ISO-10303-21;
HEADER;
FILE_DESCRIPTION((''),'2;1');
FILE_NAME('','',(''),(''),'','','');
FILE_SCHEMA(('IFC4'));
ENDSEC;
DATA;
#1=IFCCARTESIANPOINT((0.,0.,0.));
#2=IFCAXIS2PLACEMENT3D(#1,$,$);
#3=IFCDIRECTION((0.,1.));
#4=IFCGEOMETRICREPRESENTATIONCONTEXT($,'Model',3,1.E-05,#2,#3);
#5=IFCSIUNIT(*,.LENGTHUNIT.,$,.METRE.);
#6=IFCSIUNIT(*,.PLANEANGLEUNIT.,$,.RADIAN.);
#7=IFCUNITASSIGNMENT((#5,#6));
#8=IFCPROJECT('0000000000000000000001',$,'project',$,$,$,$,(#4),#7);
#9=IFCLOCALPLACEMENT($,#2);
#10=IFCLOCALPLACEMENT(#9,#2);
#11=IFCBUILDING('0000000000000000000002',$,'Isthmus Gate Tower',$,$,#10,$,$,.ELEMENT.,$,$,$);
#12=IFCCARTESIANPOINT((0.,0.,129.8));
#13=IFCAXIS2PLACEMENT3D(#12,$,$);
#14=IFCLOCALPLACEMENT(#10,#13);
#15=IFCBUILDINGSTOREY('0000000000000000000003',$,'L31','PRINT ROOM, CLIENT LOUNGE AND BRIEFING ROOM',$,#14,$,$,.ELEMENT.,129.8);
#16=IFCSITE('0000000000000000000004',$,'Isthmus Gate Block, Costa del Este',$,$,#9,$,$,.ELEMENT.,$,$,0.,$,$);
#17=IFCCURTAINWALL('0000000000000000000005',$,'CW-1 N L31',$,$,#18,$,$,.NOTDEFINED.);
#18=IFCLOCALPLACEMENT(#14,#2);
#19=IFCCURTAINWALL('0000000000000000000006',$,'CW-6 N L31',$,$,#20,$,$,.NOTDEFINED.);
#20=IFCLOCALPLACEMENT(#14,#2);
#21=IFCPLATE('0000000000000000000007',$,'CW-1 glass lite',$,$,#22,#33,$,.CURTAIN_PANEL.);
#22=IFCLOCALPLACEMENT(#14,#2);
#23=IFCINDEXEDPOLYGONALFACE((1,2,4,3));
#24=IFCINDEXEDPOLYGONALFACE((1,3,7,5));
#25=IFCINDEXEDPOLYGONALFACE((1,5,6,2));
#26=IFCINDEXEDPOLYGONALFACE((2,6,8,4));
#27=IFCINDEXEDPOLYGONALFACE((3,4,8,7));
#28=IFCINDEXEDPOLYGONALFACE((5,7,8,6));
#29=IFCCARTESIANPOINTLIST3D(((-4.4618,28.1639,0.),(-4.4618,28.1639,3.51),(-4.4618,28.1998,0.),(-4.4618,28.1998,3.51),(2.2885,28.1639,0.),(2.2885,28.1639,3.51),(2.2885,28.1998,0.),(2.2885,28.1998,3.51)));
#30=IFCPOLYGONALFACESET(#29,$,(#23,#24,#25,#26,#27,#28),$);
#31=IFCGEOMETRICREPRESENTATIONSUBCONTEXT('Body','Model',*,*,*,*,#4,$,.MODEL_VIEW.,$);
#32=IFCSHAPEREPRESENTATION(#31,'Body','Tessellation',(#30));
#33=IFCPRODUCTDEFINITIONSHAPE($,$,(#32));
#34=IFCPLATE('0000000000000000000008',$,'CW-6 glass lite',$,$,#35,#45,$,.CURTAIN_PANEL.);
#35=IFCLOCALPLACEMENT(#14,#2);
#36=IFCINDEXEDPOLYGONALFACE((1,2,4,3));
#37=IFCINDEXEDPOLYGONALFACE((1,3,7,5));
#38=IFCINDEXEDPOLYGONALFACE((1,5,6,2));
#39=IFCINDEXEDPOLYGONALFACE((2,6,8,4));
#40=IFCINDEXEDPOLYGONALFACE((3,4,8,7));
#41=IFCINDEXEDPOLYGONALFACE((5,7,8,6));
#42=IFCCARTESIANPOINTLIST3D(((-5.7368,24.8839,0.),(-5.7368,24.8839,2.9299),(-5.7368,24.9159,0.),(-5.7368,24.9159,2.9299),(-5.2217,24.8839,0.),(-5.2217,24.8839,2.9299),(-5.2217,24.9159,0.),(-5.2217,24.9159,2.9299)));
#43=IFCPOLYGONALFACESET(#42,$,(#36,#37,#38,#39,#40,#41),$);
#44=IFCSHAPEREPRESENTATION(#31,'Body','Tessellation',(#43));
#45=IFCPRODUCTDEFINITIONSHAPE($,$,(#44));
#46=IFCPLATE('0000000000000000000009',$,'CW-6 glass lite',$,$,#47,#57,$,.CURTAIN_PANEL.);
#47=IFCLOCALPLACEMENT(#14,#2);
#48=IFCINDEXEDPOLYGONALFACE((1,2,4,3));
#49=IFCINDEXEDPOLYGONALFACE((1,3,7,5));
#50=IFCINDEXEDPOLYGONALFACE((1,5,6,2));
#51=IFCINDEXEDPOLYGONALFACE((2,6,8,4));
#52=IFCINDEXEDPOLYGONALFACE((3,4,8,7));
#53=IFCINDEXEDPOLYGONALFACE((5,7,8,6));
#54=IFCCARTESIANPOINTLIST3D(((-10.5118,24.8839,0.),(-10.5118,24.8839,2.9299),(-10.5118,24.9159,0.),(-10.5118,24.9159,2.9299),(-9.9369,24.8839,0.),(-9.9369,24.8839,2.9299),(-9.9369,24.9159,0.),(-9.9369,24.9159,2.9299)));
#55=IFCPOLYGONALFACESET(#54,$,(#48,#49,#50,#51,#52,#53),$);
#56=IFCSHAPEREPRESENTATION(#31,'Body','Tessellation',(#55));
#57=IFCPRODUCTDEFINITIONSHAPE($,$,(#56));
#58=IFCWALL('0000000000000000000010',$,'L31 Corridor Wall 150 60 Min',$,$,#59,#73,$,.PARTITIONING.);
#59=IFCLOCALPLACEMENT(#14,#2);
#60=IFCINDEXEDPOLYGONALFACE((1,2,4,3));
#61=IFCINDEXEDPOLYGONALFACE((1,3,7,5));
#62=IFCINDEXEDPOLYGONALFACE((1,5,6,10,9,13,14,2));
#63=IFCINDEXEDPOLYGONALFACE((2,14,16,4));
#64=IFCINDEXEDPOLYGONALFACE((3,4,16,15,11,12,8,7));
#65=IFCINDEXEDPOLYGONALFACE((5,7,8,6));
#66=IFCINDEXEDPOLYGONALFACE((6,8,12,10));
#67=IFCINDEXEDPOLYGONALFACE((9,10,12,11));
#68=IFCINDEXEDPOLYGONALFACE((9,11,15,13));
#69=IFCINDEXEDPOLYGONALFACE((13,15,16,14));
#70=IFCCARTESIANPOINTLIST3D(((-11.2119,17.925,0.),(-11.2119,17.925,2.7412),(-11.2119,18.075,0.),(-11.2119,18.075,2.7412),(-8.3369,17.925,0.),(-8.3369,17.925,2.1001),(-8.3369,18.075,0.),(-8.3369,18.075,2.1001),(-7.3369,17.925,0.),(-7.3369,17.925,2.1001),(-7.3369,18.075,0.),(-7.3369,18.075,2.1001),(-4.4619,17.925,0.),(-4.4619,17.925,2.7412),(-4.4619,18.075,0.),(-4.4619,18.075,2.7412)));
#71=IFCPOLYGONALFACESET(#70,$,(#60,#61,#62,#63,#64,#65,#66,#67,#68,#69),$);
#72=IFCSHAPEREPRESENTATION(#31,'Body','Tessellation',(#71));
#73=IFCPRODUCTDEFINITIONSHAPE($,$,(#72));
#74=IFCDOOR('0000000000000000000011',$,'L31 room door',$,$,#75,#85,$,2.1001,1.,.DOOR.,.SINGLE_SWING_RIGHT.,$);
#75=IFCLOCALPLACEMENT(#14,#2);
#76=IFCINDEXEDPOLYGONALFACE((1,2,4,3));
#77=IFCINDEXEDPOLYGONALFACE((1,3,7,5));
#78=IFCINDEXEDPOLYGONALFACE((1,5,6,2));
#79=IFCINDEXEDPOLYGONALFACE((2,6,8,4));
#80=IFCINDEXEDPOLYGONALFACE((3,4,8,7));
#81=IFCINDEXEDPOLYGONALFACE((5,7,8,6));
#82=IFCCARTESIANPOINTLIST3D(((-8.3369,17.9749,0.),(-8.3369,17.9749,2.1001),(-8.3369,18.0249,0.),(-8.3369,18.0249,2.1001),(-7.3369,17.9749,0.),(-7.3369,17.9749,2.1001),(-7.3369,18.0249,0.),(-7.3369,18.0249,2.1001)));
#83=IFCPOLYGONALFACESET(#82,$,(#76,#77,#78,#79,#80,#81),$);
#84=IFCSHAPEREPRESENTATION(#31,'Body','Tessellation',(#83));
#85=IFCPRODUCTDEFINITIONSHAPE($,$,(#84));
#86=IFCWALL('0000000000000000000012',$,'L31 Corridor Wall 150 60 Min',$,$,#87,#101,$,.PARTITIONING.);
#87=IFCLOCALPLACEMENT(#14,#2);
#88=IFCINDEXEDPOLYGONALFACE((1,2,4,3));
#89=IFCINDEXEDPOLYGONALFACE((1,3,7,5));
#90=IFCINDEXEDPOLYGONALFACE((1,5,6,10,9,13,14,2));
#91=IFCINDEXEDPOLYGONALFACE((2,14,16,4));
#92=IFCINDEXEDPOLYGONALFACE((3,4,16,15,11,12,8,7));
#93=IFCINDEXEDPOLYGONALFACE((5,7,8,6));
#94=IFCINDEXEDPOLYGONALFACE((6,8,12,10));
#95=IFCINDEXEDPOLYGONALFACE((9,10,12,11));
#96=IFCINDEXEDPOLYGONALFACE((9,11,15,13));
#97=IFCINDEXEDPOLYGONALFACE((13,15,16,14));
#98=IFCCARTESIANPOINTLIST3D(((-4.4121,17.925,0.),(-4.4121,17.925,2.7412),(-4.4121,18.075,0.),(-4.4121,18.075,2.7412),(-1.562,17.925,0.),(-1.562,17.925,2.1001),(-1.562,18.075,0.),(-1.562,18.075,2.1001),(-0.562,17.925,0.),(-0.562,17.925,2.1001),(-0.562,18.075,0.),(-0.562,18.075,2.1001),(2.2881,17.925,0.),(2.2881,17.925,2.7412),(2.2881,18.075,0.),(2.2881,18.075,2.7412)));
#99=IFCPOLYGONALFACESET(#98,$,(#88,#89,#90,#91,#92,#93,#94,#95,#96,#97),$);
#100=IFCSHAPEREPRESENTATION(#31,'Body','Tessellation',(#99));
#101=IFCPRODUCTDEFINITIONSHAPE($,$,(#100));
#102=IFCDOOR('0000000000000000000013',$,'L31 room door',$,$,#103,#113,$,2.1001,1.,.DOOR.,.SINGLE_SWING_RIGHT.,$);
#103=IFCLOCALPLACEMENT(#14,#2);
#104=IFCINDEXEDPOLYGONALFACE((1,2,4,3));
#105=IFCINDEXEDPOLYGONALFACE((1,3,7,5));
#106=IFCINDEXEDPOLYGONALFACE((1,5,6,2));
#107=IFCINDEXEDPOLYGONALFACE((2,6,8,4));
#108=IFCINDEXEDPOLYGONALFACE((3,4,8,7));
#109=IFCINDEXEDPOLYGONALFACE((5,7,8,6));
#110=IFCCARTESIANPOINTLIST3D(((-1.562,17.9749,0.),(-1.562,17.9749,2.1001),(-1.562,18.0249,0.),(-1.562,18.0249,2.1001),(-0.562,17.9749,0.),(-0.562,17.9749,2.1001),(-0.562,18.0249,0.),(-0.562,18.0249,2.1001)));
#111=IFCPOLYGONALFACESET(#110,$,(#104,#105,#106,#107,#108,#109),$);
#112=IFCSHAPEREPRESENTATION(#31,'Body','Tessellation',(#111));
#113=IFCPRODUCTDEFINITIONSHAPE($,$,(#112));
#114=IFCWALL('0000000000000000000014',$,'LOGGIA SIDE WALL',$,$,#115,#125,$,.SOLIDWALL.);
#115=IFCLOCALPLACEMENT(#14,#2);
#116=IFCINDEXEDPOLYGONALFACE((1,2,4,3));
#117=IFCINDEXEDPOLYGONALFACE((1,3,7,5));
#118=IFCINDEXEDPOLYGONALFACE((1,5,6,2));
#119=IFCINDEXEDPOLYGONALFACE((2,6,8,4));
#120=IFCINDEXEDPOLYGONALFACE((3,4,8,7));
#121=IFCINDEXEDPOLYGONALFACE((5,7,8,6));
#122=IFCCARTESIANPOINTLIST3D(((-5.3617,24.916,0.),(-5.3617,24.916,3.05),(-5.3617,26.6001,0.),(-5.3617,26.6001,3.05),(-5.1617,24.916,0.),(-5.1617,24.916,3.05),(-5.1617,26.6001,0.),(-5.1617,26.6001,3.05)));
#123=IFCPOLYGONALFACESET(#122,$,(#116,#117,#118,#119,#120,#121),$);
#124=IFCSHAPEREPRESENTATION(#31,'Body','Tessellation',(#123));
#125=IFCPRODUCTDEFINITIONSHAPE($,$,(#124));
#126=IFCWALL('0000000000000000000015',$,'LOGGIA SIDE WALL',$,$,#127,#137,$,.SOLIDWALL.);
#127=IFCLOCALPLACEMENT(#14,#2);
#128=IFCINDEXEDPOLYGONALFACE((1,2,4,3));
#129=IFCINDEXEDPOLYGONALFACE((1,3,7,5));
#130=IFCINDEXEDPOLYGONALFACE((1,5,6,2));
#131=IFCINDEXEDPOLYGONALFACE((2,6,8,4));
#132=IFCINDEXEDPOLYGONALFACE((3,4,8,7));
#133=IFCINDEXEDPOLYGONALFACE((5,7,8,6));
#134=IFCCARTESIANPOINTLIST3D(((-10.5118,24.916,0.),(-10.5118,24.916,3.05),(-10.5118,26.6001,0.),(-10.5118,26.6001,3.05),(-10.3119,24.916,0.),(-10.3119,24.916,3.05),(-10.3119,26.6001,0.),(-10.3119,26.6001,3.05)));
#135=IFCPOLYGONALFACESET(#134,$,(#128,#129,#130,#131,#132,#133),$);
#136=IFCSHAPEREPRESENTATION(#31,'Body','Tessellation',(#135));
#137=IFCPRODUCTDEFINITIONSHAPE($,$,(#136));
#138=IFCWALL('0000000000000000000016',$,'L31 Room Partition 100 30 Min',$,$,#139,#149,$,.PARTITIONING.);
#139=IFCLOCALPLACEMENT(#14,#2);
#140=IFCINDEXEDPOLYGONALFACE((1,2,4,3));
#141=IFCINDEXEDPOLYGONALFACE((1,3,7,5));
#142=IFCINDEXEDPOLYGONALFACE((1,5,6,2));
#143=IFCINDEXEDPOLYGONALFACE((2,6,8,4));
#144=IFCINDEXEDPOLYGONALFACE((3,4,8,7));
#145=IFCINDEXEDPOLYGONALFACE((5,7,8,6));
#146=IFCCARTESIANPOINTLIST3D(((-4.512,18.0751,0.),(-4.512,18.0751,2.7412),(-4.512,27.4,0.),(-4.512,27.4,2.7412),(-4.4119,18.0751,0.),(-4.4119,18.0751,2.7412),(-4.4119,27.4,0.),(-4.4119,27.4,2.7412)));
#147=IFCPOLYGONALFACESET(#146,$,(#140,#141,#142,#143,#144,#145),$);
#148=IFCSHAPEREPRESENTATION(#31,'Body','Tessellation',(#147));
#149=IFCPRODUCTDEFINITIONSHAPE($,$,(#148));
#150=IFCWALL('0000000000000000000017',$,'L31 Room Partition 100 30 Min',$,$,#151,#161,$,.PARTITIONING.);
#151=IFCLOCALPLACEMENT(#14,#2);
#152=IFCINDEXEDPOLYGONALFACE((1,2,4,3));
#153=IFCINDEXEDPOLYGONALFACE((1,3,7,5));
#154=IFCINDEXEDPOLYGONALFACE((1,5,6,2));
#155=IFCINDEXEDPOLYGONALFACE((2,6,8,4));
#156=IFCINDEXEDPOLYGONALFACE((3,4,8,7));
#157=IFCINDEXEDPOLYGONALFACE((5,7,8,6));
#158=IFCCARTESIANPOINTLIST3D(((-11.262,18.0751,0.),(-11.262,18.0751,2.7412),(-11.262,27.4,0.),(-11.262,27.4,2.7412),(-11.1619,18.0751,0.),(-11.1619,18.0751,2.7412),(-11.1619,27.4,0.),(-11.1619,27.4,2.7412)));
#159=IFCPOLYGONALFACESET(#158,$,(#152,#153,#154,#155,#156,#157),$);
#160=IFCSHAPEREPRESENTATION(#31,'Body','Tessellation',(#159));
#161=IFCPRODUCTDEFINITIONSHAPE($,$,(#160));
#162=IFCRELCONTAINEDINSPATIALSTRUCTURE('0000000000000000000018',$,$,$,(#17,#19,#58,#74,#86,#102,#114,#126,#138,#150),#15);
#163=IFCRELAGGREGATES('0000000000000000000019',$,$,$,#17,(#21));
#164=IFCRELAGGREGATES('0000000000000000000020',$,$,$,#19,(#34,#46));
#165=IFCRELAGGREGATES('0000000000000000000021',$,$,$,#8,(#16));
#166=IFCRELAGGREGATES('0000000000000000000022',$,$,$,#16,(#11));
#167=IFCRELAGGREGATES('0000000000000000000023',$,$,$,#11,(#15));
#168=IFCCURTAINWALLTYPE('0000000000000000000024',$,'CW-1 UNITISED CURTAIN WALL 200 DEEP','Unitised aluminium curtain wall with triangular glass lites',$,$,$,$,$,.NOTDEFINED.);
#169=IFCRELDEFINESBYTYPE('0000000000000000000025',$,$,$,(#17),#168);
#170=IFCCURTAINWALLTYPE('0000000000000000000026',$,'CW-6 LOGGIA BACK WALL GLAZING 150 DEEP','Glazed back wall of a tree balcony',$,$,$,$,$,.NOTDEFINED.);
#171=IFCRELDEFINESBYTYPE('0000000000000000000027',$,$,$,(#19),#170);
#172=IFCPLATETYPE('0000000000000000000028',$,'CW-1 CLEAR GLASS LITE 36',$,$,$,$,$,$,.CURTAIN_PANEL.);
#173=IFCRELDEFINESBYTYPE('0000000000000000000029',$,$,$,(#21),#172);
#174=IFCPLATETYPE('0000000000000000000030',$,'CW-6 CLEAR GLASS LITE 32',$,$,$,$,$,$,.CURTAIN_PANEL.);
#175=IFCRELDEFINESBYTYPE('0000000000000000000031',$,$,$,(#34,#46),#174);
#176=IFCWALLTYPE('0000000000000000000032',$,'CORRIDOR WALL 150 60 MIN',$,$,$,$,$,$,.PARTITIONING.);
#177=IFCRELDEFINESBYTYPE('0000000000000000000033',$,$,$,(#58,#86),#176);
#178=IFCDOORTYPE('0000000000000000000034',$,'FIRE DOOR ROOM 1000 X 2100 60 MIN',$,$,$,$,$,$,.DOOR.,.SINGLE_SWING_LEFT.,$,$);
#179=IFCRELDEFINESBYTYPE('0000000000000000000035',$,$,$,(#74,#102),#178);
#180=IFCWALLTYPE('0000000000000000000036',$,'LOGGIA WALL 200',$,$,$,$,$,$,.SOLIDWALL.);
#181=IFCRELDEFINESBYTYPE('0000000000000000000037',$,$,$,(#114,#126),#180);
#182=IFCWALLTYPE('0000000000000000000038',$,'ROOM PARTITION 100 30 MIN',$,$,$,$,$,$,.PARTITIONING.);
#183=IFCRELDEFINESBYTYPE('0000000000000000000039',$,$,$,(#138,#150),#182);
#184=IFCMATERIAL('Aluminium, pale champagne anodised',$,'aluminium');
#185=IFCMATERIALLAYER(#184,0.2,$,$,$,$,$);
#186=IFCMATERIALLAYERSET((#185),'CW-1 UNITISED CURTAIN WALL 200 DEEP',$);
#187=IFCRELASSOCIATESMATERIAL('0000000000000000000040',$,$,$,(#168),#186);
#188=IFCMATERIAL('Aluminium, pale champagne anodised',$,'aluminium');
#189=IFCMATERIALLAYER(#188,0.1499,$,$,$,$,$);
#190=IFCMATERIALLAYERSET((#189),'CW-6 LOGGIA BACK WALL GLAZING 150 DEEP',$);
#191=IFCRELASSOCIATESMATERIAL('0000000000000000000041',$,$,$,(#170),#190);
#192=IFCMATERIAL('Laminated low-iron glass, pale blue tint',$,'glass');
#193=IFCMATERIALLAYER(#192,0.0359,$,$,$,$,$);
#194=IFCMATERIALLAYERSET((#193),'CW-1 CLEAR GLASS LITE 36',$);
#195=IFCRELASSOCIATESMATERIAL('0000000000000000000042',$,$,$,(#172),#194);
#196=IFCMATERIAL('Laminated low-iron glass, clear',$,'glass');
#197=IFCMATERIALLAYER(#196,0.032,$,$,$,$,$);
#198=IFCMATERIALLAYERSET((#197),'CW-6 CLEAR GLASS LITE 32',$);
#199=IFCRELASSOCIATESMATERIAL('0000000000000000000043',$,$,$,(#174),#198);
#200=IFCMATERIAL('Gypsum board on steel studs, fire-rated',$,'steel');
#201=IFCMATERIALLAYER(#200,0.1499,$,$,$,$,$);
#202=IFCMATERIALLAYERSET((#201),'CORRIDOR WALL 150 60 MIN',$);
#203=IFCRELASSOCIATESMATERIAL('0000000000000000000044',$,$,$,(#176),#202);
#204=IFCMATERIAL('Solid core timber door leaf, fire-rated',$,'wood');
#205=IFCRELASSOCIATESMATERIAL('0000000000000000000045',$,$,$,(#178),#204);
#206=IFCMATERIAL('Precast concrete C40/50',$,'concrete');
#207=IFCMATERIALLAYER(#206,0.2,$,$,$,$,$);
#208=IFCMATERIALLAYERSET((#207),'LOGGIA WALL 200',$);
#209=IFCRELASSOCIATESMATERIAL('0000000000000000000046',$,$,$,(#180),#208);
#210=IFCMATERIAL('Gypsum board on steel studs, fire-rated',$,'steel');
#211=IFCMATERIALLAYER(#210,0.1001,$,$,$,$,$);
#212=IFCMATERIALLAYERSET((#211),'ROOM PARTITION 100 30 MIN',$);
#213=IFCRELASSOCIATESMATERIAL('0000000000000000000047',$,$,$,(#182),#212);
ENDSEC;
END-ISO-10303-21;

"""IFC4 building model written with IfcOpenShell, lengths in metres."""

from ifc_helpers import new_model, si_unit, direction, frame, frame_2d, origin, origin_2d, place, context, subcontext, project, spatial, rectangle, extrude, material, layer, layer_set, type_object, element, fill, aggregate, save


model = new_model("IFC4")

# Units and contexts
model_context = context("Model", 3, precision=1e-05, world=origin(), true_north=direction((0.0, 1.0)))
body_context = subcontext(model_context, "Body", "Model", "MODEL_VIEW")
ifc_project = project(units=[si_unit("LENGTHUNIT", "METRE"), si_unit("PLANEANGLEUNIT", "RADIAN")], contexts=[model_context])

# Site, building, storey
site_placement = place(None, origin())
site = spatial("IfcSite", under=ifc_project, at=site_placement, Name="Isthmus Gate Block, Costa del Este", CompositionType="ELEMENT", RefElevation=0.0)
building_placement = place(site_placement, origin())
building = spatial("IfcBuilding", under=site, at=building_placement, Name="Isthmus Gate Tower", CompositionType="ELEMENT")
storey_placement = place(building_placement, frame((0.0, 0.0, 129.8)))
storey = spatial("IfcBuildingStorey", under=building, at=storey_placement, Name="L31", Description="PRINT ROOM, CLIENT LOUNGE AND BRIEFING ROOM", CompositionType="ELEMENT", Elevation=129.8)

# Curtain walls
ifc_material_1 = material(Name="Aluminium, pale champagne anodised", Category="aluminium")
ifc_layer_1 = layer(ifc_material_1, 0.2)
ifc_layer_set_1 = layer_set([ifc_layer_1], Name="CW-1 UNITISED CURTAIN WALL 200 DEEP")
curtain_wall_type_1 = type_object("IfcCurtainWallType", Name="CW-1 UNITISED CURTAIN WALL 200 DEEP", Description="Unitised aluminium curtain wall with triangular glass lites", PredefinedType="NOTDEFINED", material=ifc_layer_set_1)
curtain_wall_1_placement = place(storey_placement, origin())
curtain_wall_1 = element("IfcCurtainWall", 1, at=curtain_wall_1_placement, inside=storey, type_object=curtain_wall_type_1, Name="CW-1 N L31", PredefinedType="NOTDEFINED")
ifc_material_2 = material(Name="Aluminium, pale champagne anodised", Category="aluminium")
ifc_layer_2 = layer(ifc_material_2, 0.1499)
ifc_layer_set_2 = layer_set([ifc_layer_2], Name="CW-6 LOGGIA BACK WALL GLAZING 150 DEEP")
curtain_wall_type_2 = type_object("IfcCurtainWallType", Name="CW-6 LOGGIA BACK WALL GLAZING 150 DEEP", Description="Glazed back wall of a tree balcony", PredefinedType="NOTDEFINED", material=ifc_layer_set_2)
curtain_wall_2_placement = place(storey_placement, origin())
curtain_wall_2 = element("IfcCurtainWall", 2, at=curtain_wall_2_placement, inside=storey, type_object=curtain_wall_type_2, Name="CW-6 N L31", PredefinedType="NOTDEFINED")

# Plates
ifc_material_3 = material(Name="Laminated low-iron glass, pale blue tint", Category="glass")
ifc_layer_3 = layer(ifc_material_3, 0.0359)
ifc_layer_set_3 = layer_set([ifc_layer_3], Name="CW-1 CLEAR GLASS LITE 36")
plate_type_1 = type_object("IfcPlateType", Name="CW-1 CLEAR GLASS LITE 36", PredefinedType="CURTAIN_PANEL", material=ifc_layer_set_3)
plate_1_placement = place(storey_placement, frame((-1.0867, 28.1819, 0.0), z_axis=(0.0, 0.0, 1.0), x_axis=(-1.0, 0.0, 0.0)))
plate_1 = element("IfcPlate", 3, at=plate_1_placement, type_object=plate_type_1, Name="CW-1 glass lite", PredefinedType="CURTAIN_PANEL", context=body_context, shape_type="SweptSolid", body=[
    extrude(rectangle(XDim=6.7502, YDim=0.0359, at=origin_2d()), origin(), (0.0, 0.0, 1.0), 3.51),
])
aggregate(curtain_wall_1, [plate_1])
ifc_material_4 = material(Name="Laminated low-iron glass, clear", Category="glass")
ifc_layer_4 = layer(ifc_material_4, 0.032)
ifc_layer_set_4 = layer_set([ifc_layer_4], Name="CW-6 CLEAR GLASS LITE 32")
plate_type_2 = type_object("IfcPlateType", Name="CW-6 CLEAR GLASS LITE 32", PredefinedType="CURTAIN_PANEL", material=ifc_layer_set_4)
plate_2_placement = place(storey_placement, frame((-5.4792, 24.8999, 0.0), z_axis=(0.0, 0.0, 1.0), x_axis=(-1.0, 0.0, 0.0)))
plate_2 = element("IfcPlate", 4, at=plate_2_placement, type_object=plate_type_2, Name="CW-6 glass lite", PredefinedType="CURTAIN_PANEL", context=body_context, shape_type="SweptSolid", body=[
    extrude(rectangle(XDim=0.5151, YDim=0.032, at=origin_2d()), origin(), (0.0, 0.0, 1.0), 2.9299),
])
plate_3_placement = place(storey_placement, frame((-10.2244, 24.8999, 0.0), z_axis=(0.0, 0.0, 1.0), x_axis=(-1.0, 0.0, 0.0)))
plate_3 = element("IfcPlate", 5, at=plate_3_placement, type_object=plate_type_2, Name="CW-6 glass lite", PredefinedType="CURTAIN_PANEL", context=body_context, shape_type="SweptSolid", body=[
    extrude(rectangle(XDim=0.575, YDim=0.032, at=origin_2d()), origin(), (0.0, 0.0, 1.0), 2.9299),
])
aggregate(curtain_wall_2, [plate_2, plate_3])

# Walls, openings, doors
ifc_material_5 = material(Name="Gypsum board on steel studs, fire-rated", Category="steel")
ifc_layer_5 = layer(ifc_material_5, 0.1499)
ifc_layer_set_5 = layer_set([ifc_layer_5], Name="CORRIDOR WALL 150 60 MIN")
wall_type_1 = type_object("IfcWallType", Name="CORRIDOR WALL 150 60 MIN", PredefinedType="PARTITIONING", material=ifc_layer_set_5)
wall_1_placement = place(storey_placement, frame((-11.2119, 18.0, 0.0), z_axis=(0.0, 0.0, 1.0), x_axis=(1.0, 0.0, 0.0)))
wall_1 = element("IfcWall", 6, at=wall_1_placement, inside=storey, type_object=wall_type_1, Name="L31 Corridor Wall 150 60 Min", PredefinedType="PARTITIONING", context=body_context, shape_type="SweptSolid", body=[
    extrude(rectangle(XDim=6.75, YDim=0.1499, at=frame_2d((3.375, 0.0))), origin(), (0.0, 0.0, 1.0), 2.7412),
])
opening_1_placement = place(wall_1_placement, frame((2.875, 0.0, 0.0)))
opening_1 = element("IfcOpeningElement", 7, at=opening_1_placement, cuts=wall_1, PredefinedType="OPENING", context=body_context, shape_type="SweptSolid", body=[
    extrude(rectangle(XDim=1.0, YDim=2.1001, at=frame_2d((0.5, 1.05))), frame((0.0, 0.085, 0.0), z_axis=(0.0, -1.0, 0.0), x_axis=(1.0, 0.0, 0.0)), (0.0, 0.0, 1.0), 0.1699),
])
ifc_material_6 = material(Name="Solid core timber door leaf, fire-rated", Category="wood")
door_type_1 = type_object("IfcDoorType", Name="FIRE DOOR ROOM 1000 X 2100 60 MIN", OperationType="SINGLE_SWING_LEFT", PredefinedType="DOOR", material=ifc_material_6)
door_1_placement = place(opening_1_placement, origin())
door_1 = element("IfcDoor", 8, at=door_1_placement, inside=storey, type_object=door_type_1, Name="L31 room door", OperationType="SINGLE_SWING_RIGHT", OverallHeight=2.1001, OverallWidth=1.0, PredefinedType="DOOR", context=body_context, shape_type="SweptSolid", body=[
    extrude(rectangle(XDim=1.0, YDim=2.1001, at=frame_2d((0.5, 1.05))), frame((0.0, 0.0249, 0.0), z_axis=(0.0, -1.0, 0.0), x_axis=(1.0, 0.0, 0.0)), (0.0, 0.0, 1.0), 0.05),
])
fill(opening_1, door_1)
wall_2_placement = place(storey_placement, frame((-4.4121, 18.0, 0.0), z_axis=(0.0, 0.0, 1.0), x_axis=(1.0, 0.0, 0.0)))
wall_2 = element("IfcWall", 9, at=wall_2_placement, inside=storey, type_object=wall_type_1, Name="L31 Corridor Wall 150 60 Min", PredefinedType="PARTITIONING", context=body_context, shape_type="SweptSolid", body=[
    extrude(rectangle(XDim=6.7002, YDim=0.1499, at=frame_2d((3.3501, 0.0))), origin(), (0.0, 0.0, 1.0), 2.7412),
])
opening_2_placement = place(wall_2_placement, frame((2.8501, 0.0, 0.0)))
opening_2 = element("IfcOpeningElement", 10, at=opening_2_placement, cuts=wall_2, PredefinedType="OPENING", context=body_context, shape_type="SweptSolid", body=[
    extrude(rectangle(XDim=1.0, YDim=2.1001, at=frame_2d((0.5, 1.05))), frame((0.0, 0.085, 0.0), z_axis=(0.0, -1.0, 0.0), x_axis=(1.0, 0.0, 0.0)), (0.0, 0.0, 1.0), 0.1699),
])
door_2_placement = place(opening_2_placement, origin())
door_2 = element("IfcDoor", 11, at=door_2_placement, inside=storey, type_object=door_type_1, Name="L31 room door", OperationType="SINGLE_SWING_RIGHT", OverallHeight=2.1001, OverallWidth=1.0, PredefinedType="DOOR", context=body_context, shape_type="SweptSolid", body=[
    extrude(rectangle(XDim=1.0, YDim=2.1001, at=frame_2d((0.5, 1.05))), frame((0.0, 0.0249, 0.0), z_axis=(0.0, -1.0, 0.0), x_axis=(1.0, 0.0, 0.0)), (0.0, 0.0, 1.0), 0.05),
])
fill(opening_2, door_2)
ifc_material_7 = material(Name="Precast concrete C40/50", Category="concrete")
ifc_layer_6 = layer(ifc_material_7, 0.2)
ifc_layer_set_6 = layer_set([ifc_layer_6], Name="LOGGIA WALL 200")
wall_type_2 = type_object("IfcWallType", Name="LOGGIA WALL 200", PredefinedType="SOLIDWALL", material=ifc_layer_set_6)

# Walls
for number, where, z_axis, x_axis, name in (
    (12, (-5.2617, 26.6001, 0.0), (0.0, 0.0, 1.0), (0.0, -1.0, 0.0), "LOGGIA SIDE WALL"),
    (13, (-10.4119, 26.6001, 0.0), (0.0, 0.0, 1.0), (0.0, -1.0, 0.0), "LOGGIA SIDE WALL"),
):
    element("IfcWall", number, at=place(storey_placement, frame(where, z_axis=z_axis, x_axis=x_axis)), inside=storey, type_object=wall_type_2, Name=name, PredefinedType="SOLIDWALL", context=body_context, shape_type="SweptSolid", body=[
        extrude(rectangle(XDim=1.6841, YDim=0.2, at=frame_2d((0.842, 0.0))), origin(), (0.0, 0.0, 1.0), 3.05),
    ])
ifc_material_8 = material(Name="Gypsum board on steel studs, fire-rated", Category="steel")
ifc_layer_7 = layer(ifc_material_8, 0.1001)
ifc_layer_set_7 = layer_set([ifc_layer_7], Name="ROOM PARTITION 100 30 MIN")
wall_type_3 = type_object("IfcWallType", Name="ROOM PARTITION 100 30 MIN", PredefinedType="PARTITIONING", material=ifc_layer_set_7)
for number, where, z_axis, x_axis, name in (
    (14, (-4.4619, 18.075, 0.0), (0.0, 0.0, 1.0), (0.0, 1.0, 0.0), "L31 Room Partition 100 30 Min"),
    (15, (-11.2119, 18.075, 0.0), (0.0, 0.0, 1.0), (0.0, 1.0, 0.0), "L31 Room Partition 100 30 Min"),
):
    element("IfcWall", number, at=place(storey_placement, frame(where, z_axis=z_axis, x_axis=x_axis)), inside=storey, type_object=wall_type_3, Name=name, PredefinedType="PARTITIONING", context=body_context, shape_type="SweptSolid", body=[
        extrude(rectangle(XDim=9.325, YDim=0.1001, at=frame_2d((4.6626, 0.0))), origin(), (0.0, 0.0, 1.0), 2.7412),
    ])

save(model, "model.ifc")
